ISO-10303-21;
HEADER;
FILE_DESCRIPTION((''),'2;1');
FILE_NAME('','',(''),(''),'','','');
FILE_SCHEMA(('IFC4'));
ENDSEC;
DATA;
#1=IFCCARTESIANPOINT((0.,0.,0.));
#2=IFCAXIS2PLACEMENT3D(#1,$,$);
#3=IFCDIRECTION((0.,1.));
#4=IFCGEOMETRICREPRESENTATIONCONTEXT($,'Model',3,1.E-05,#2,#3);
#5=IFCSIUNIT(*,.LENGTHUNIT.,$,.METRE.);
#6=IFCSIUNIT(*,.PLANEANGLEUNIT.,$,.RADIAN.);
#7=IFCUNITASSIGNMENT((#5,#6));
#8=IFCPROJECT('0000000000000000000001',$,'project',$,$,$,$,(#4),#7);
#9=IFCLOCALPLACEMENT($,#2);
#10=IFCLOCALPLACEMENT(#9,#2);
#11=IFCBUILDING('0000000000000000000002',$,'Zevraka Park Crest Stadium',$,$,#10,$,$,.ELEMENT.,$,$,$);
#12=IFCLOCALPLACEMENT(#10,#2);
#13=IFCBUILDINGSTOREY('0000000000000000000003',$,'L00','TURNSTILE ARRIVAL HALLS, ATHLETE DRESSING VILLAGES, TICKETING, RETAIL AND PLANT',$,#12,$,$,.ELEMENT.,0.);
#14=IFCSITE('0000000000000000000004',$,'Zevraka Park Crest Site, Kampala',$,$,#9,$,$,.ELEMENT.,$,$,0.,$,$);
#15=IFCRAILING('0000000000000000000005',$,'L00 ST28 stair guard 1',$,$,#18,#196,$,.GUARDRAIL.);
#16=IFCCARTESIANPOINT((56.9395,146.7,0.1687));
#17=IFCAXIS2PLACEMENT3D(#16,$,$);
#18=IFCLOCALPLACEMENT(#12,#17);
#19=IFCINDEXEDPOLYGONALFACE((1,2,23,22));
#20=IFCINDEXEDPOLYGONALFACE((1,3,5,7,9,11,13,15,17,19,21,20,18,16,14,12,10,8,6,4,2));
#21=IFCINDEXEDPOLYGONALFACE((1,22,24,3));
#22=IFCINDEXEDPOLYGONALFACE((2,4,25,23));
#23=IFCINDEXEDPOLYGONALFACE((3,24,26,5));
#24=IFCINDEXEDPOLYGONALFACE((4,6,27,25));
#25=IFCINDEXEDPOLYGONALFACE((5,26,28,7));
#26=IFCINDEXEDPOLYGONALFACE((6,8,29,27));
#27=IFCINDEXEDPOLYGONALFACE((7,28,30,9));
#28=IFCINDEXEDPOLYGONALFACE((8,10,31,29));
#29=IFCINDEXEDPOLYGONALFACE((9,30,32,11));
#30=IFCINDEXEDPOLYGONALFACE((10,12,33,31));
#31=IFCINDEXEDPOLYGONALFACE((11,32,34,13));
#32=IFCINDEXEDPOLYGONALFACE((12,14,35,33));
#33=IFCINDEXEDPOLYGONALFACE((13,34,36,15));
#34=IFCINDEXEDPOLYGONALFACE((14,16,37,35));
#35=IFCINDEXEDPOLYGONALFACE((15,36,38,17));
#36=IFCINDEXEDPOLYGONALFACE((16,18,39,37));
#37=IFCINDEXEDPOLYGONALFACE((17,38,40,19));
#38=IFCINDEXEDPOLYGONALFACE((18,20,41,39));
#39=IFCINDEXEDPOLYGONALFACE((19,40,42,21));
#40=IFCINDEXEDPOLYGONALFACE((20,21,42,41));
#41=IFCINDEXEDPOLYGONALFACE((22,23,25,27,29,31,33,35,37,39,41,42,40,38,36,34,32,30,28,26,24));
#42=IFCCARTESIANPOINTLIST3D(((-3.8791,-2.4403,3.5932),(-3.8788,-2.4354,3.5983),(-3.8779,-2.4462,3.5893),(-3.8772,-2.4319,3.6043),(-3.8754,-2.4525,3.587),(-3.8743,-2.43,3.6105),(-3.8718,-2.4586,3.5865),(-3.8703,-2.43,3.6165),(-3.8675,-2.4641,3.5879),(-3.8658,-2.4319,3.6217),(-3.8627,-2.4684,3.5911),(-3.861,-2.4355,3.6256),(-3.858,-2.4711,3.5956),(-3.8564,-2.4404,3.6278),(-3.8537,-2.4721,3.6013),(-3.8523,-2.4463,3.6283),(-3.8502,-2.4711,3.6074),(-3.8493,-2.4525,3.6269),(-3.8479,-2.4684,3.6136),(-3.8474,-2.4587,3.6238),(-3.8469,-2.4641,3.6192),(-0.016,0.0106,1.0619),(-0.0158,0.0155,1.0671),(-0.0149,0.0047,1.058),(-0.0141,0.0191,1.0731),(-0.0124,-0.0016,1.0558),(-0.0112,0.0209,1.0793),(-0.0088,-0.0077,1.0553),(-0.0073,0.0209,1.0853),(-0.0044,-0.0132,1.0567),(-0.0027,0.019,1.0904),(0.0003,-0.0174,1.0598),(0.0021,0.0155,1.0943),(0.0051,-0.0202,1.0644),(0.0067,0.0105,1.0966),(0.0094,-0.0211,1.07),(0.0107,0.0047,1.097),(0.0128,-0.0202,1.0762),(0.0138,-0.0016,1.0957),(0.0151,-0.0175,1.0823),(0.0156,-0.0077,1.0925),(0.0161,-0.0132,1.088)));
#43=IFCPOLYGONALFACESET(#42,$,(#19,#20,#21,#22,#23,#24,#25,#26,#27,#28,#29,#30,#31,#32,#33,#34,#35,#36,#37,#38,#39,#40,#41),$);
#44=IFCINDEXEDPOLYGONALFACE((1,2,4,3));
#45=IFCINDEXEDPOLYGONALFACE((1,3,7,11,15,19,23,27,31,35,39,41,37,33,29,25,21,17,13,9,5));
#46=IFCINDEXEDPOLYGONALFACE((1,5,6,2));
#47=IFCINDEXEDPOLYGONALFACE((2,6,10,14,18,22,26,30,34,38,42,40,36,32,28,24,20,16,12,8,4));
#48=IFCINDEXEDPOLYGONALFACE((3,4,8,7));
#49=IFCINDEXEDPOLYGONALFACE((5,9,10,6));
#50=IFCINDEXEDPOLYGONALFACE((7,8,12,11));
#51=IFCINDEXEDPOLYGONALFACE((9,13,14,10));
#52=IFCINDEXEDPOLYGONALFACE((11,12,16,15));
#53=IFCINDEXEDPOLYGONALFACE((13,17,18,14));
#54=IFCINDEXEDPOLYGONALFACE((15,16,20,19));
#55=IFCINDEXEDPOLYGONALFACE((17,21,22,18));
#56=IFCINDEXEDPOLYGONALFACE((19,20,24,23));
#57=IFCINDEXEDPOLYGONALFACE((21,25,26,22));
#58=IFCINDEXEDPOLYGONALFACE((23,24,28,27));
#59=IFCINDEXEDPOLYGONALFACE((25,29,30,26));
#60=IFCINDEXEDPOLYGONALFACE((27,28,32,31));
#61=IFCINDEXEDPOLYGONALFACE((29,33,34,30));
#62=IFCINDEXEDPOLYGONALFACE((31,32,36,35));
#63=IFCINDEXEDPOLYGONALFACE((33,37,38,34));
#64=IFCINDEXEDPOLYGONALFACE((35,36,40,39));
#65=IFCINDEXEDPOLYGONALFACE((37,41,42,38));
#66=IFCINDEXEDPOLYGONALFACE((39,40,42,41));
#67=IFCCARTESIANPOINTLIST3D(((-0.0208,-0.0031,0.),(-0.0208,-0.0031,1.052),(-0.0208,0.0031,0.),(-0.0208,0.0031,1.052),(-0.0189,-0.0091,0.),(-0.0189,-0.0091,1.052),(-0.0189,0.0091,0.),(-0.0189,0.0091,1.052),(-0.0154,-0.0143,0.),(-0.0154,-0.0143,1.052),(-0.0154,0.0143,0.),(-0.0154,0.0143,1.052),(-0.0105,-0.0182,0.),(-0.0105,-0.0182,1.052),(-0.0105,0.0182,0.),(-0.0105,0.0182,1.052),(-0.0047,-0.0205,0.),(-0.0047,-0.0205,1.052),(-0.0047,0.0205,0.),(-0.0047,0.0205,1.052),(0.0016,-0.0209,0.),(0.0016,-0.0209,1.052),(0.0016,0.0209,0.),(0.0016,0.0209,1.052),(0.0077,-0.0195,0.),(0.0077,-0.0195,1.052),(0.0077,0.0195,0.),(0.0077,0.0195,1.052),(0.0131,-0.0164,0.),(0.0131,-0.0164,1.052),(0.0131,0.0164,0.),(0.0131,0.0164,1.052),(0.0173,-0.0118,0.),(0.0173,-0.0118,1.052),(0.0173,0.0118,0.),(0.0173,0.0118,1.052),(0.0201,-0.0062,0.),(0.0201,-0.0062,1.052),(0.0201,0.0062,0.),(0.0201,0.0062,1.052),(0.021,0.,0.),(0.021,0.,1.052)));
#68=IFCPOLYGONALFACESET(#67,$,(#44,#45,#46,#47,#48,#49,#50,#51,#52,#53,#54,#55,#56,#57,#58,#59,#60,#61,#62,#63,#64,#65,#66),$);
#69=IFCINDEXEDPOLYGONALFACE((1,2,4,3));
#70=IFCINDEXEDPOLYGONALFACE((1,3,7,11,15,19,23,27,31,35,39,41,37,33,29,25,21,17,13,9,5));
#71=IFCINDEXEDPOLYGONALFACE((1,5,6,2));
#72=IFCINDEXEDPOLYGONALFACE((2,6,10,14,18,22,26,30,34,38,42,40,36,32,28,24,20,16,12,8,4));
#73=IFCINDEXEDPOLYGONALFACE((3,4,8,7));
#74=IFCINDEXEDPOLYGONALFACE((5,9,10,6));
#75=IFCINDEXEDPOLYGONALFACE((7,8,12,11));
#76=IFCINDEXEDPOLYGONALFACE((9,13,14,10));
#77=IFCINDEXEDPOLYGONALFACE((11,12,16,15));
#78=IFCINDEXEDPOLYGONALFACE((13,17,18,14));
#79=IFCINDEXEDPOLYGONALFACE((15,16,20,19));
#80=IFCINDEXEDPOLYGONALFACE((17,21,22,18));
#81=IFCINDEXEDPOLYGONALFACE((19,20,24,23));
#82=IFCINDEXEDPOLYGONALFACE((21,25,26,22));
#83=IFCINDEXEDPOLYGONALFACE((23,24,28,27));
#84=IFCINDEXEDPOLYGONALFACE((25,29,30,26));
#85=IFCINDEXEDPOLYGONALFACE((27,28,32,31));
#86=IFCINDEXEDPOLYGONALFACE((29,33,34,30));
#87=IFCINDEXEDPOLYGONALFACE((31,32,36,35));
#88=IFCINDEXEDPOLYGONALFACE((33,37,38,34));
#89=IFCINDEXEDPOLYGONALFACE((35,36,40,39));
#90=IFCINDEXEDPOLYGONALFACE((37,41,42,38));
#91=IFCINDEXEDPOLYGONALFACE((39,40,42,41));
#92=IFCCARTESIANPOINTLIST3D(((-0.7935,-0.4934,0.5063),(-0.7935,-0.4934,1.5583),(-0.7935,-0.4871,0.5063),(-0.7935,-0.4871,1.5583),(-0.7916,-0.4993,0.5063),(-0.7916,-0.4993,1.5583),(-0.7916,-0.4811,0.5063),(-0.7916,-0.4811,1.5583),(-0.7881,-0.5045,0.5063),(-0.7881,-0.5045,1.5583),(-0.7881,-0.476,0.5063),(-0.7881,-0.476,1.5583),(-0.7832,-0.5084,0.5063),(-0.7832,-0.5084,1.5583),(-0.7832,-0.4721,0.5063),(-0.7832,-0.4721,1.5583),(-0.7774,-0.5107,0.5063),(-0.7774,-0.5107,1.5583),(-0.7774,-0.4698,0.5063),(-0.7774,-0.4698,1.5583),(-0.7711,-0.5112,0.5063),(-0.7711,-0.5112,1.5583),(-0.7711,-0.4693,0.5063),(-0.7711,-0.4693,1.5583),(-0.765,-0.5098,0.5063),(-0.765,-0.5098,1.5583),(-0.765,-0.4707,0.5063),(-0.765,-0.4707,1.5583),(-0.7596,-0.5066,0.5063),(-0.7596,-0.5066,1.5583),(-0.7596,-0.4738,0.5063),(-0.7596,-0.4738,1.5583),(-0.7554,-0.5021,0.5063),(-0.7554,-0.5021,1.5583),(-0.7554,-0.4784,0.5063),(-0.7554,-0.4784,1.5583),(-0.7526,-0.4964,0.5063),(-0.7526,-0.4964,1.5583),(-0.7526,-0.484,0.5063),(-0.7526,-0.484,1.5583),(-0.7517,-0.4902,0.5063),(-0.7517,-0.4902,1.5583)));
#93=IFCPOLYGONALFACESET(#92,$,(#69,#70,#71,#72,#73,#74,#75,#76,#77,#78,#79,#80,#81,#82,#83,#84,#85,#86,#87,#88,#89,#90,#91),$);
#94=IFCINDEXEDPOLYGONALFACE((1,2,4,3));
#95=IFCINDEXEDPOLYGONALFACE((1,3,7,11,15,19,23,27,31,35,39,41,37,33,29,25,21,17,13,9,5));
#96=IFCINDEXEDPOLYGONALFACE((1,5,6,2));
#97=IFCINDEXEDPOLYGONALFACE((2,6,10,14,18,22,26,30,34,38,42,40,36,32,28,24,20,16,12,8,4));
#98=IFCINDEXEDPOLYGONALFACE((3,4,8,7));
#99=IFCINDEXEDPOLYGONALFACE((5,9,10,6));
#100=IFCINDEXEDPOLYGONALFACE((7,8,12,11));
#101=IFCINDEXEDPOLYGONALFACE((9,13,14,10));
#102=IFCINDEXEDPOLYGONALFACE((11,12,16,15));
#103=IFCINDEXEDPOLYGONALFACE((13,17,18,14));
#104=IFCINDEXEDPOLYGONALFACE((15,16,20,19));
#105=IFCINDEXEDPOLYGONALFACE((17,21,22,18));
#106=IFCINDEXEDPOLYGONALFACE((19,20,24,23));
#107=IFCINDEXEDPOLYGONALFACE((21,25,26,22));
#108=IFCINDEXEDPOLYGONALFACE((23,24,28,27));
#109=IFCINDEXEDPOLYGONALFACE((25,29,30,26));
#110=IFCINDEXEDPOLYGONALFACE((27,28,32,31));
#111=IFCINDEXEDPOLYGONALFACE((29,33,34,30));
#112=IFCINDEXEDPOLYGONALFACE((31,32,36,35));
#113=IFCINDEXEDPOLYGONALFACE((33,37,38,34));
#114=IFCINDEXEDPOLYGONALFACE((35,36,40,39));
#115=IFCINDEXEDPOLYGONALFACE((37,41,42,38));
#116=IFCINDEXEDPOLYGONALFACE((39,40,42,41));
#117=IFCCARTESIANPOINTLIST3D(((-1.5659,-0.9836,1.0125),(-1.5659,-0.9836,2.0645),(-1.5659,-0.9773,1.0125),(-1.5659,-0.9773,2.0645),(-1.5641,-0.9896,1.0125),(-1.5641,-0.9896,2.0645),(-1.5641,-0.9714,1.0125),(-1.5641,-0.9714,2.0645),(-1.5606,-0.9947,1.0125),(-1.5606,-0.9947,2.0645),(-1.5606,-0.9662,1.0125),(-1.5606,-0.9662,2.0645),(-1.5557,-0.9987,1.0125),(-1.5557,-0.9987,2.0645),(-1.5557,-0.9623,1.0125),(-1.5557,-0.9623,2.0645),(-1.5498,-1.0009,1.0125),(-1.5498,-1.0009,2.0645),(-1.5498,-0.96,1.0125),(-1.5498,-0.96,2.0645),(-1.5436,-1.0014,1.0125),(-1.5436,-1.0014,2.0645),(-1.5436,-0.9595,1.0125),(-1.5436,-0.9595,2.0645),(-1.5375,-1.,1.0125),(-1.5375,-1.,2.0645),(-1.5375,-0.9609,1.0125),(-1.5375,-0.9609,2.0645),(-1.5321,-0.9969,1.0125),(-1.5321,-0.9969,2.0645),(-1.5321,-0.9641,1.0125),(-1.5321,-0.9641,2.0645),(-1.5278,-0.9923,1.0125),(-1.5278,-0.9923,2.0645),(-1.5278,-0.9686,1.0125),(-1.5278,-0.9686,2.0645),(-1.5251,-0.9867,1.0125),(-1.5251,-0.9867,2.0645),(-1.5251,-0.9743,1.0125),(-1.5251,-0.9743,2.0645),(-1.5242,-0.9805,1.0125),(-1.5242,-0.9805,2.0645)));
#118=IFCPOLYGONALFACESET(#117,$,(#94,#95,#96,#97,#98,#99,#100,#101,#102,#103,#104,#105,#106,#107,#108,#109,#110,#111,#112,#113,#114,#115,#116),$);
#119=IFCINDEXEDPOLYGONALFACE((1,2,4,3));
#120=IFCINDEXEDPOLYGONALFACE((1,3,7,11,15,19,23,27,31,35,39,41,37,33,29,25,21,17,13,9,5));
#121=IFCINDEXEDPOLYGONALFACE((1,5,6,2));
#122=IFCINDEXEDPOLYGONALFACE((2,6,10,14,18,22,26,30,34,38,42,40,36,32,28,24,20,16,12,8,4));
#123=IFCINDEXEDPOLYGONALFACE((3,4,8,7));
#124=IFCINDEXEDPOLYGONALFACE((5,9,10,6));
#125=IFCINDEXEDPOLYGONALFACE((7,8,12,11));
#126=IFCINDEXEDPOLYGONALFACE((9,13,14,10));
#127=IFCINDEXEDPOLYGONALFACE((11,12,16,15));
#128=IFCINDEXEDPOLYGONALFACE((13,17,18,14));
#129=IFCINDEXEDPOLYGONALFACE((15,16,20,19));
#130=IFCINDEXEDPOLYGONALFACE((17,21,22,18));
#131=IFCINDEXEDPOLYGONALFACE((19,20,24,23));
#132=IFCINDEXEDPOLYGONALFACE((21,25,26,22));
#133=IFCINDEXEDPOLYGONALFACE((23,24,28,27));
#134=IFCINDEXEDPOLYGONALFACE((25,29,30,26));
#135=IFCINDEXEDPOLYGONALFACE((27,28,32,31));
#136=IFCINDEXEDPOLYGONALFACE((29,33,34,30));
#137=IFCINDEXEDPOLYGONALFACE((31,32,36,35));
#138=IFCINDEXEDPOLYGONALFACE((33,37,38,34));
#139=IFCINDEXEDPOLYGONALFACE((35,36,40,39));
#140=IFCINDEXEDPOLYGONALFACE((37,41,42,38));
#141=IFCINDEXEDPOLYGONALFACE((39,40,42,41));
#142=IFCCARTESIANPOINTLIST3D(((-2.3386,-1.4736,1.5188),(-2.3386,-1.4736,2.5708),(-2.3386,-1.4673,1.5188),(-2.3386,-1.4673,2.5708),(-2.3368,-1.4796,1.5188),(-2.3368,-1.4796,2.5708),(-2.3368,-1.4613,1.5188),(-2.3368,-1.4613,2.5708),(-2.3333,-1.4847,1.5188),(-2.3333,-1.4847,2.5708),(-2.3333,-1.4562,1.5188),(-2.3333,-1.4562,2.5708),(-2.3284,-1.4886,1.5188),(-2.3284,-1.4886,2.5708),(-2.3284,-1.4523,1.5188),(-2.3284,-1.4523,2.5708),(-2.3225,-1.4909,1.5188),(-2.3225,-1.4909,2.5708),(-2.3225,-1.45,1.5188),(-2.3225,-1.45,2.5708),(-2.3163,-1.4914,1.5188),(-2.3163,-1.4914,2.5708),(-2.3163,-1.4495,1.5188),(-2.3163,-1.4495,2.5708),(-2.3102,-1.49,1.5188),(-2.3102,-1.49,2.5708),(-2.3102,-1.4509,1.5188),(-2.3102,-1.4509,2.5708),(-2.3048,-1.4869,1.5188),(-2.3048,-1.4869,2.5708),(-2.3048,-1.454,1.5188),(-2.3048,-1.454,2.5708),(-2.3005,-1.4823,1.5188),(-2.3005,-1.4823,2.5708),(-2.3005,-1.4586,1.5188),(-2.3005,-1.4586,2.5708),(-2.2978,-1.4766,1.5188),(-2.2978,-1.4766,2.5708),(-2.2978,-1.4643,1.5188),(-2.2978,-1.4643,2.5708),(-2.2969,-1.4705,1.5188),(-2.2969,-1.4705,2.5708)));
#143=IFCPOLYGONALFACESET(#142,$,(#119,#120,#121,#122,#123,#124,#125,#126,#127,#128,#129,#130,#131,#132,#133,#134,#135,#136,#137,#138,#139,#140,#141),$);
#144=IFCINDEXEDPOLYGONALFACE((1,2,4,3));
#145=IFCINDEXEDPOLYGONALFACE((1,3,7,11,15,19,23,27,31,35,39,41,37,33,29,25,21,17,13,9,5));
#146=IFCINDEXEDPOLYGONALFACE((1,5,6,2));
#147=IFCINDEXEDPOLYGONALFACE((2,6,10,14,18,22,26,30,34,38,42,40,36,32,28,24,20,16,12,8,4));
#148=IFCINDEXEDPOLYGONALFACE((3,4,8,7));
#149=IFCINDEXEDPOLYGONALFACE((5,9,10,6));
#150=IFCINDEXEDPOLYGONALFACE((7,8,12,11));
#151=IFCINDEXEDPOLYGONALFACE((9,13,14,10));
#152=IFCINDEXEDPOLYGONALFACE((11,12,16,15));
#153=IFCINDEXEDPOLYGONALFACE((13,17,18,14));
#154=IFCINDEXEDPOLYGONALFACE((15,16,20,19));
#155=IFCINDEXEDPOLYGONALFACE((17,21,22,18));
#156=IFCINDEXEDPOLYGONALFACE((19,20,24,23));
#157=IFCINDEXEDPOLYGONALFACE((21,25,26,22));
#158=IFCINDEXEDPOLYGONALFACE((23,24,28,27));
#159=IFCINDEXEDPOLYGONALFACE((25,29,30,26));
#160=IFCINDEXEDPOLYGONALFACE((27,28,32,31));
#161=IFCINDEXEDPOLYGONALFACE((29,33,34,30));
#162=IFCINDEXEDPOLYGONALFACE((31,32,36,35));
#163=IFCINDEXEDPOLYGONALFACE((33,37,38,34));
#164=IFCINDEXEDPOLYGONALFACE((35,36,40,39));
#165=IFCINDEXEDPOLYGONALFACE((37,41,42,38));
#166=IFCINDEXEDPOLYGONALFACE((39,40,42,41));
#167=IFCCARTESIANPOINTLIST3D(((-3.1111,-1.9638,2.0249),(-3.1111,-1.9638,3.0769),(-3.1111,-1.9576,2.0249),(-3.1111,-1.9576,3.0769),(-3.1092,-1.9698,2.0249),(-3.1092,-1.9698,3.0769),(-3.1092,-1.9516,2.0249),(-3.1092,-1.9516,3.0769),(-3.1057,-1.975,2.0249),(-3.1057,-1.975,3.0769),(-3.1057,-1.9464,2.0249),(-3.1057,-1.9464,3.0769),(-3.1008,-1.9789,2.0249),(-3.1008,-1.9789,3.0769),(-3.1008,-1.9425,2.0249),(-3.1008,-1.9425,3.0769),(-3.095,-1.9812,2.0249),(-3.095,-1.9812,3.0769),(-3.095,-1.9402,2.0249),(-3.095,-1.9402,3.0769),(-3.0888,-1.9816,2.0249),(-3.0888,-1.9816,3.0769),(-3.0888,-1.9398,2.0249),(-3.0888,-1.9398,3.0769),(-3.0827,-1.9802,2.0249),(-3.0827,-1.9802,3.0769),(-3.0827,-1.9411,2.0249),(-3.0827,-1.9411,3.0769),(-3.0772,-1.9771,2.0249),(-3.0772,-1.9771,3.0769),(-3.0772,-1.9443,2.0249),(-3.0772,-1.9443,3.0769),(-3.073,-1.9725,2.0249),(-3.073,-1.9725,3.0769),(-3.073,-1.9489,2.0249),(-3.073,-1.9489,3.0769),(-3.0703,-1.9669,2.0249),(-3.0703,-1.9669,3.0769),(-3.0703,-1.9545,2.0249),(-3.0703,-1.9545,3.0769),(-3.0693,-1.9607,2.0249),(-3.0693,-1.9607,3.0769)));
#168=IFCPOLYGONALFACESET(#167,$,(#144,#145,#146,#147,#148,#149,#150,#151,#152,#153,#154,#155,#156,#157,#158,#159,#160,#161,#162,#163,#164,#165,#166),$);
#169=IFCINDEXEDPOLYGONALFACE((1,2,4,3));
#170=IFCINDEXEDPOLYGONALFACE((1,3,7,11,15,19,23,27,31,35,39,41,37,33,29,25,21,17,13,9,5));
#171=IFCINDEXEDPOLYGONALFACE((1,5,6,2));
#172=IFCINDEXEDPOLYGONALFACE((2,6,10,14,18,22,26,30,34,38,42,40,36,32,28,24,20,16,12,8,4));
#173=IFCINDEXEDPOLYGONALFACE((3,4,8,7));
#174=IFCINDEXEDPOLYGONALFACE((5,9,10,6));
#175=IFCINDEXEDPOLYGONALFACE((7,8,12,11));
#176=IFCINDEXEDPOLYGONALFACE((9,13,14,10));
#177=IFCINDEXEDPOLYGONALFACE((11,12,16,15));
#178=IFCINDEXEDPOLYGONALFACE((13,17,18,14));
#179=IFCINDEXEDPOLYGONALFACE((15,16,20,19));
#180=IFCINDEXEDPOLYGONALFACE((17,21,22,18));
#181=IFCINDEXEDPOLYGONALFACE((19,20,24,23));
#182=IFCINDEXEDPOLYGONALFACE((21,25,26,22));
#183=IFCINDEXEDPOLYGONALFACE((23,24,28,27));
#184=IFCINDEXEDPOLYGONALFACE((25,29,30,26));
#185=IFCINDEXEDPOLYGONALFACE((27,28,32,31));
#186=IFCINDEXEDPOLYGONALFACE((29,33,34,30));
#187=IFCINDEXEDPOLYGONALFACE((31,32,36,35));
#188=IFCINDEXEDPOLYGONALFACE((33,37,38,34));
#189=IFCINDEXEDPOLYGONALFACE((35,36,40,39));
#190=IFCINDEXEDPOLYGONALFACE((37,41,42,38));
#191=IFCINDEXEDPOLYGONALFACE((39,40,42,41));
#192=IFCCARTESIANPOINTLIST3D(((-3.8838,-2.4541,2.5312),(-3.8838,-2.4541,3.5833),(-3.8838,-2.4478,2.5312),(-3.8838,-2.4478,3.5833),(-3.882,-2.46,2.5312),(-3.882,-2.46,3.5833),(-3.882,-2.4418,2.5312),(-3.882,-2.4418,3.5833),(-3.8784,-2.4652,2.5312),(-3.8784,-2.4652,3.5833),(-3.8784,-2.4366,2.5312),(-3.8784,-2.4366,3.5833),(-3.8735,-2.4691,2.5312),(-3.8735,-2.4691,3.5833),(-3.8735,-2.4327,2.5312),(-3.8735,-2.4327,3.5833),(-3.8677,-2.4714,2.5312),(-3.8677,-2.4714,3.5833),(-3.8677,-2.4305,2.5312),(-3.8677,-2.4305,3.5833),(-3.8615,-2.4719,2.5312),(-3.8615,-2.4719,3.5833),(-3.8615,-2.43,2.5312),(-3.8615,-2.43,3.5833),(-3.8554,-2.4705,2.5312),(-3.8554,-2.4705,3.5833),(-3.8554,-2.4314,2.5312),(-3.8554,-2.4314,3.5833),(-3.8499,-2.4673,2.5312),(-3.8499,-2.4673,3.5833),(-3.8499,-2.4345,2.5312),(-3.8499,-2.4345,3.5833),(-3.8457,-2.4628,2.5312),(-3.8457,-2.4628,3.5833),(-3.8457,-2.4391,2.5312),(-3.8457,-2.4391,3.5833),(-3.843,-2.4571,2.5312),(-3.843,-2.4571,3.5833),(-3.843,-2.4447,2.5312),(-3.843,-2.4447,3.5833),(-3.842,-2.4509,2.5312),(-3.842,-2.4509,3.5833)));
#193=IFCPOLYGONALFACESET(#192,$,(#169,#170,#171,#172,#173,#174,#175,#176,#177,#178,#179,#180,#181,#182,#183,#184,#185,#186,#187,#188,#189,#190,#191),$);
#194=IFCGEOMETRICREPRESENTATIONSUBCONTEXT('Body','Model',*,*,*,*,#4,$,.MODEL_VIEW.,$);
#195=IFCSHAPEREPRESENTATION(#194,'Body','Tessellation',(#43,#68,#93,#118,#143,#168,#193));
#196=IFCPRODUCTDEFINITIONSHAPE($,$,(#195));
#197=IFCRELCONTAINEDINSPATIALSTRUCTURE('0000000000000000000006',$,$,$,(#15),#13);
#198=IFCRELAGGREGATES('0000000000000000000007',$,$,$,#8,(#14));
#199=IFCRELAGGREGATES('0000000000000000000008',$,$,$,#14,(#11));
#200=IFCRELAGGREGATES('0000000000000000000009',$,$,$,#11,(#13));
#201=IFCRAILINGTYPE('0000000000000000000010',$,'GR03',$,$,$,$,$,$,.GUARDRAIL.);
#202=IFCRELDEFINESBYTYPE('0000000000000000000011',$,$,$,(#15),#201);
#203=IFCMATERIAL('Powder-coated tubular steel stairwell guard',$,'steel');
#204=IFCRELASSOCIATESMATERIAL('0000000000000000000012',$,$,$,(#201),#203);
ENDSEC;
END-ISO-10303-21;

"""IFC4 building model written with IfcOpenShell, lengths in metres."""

from ifc_helpers import new_model, si_unit, direction, frame, origin, origin_2d, place, context, subcontext, project, spatial, circle, extrude, material, type_object, element, save


model = new_model("IFC4")

# Units and contexts
model_context = context("Model", 3, precision=1e-05, world=origin(), true_north=direction((0.0, 1.0)))
body_context = subcontext(model_context, "Body", "Model", "MODEL_VIEW")
ifc_project = project(units=[si_unit("LENGTHUNIT", "METRE"), si_unit("PLANEANGLEUNIT", "RADIAN")], contexts=[model_context])

# Site, building, storey
site_placement = place(None, origin())
site = spatial("IfcSite", under=ifc_project, at=site_placement, Name="Zevraka Park Crest Site, Kampala", CompositionType="ELEMENT", RefElevation=0.0)
building_placement = place(site_placement, origin())
building = spatial("IfcBuilding", under=site, at=building_placement, Name="Zevraka Park Crest Stadium", CompositionType="ELEMENT")
storey_placement = place(building_placement, origin())
storey = spatial("IfcBuildingStorey", under=building, at=storey_placement, Name="L00", Description="TURNSTILE ARRIVAL HALLS, ATHLETE DRESSING VILLAGES, TICKETING, RETAIL AND PLANT", CompositionType="ELEMENT", Elevation=0.0)

# Railing
ifc_material_1 = material(Name="Powder-coated tubular steel stairwell guard", Category="steel")
railing_type_1 = type_object("IfcRailingType", Name="GR03", PredefinedType="GUARDRAIL", material=ifc_material_1)
railing_1_placement = place(storey_placement, frame((56.9395, 146.7, 0.1687)))
element("IfcRailing", 1, at=railing_1_placement, inside=storey, type_object=railing_type_1, Name="L00 ST28 stair guard 1", PredefinedType="GUARDRAIL", context=body_context, shape_type="SweptSolid", body=[
    extrude(circle(Radius=0.0239, at=origin_2d()), frame((0.0, 0.0, 1.0762), z_axis=(-0.738841, -0.468762, 0.484124), x_axis=(0.535729, -0.84439, 0.0)), (0.0, 0.0, 1.0), 5.2285),
    extrude(circle(Radius=0.021, at=origin_2d()), origin(), (0.0, 0.0, 1.0), 1.052),
    extrude(circle(Radius=0.021, at=origin_2d()), frame((-0.7727, -0.4902, 0.5063)), (0.0, 0.0, 1.0), 1.052),
    extrude(circle(Radius=0.021, at=origin_2d()), frame((-1.5452, -0.9805, 1.0125)), (0.0, 0.0, 1.0), 1.052),
    extrude(circle(Radius=0.021, at=origin_2d()), frame((-2.3179, -1.4705, 1.5188)), (0.0, 0.0, 1.0), 1.052),
    extrude(circle(Radius=0.021, at=origin_2d()), frame((-3.0903, -1.9607, 2.0249)), (0.0, 0.0, 1.0), 1.052),
    extrude(circle(Radius=0.021, at=origin_2d()), frame((-3.863, -2.4509, 2.5312)), (0.0, 0.0, 1.0), 1.052),
])

save(model, "model.ifc")
